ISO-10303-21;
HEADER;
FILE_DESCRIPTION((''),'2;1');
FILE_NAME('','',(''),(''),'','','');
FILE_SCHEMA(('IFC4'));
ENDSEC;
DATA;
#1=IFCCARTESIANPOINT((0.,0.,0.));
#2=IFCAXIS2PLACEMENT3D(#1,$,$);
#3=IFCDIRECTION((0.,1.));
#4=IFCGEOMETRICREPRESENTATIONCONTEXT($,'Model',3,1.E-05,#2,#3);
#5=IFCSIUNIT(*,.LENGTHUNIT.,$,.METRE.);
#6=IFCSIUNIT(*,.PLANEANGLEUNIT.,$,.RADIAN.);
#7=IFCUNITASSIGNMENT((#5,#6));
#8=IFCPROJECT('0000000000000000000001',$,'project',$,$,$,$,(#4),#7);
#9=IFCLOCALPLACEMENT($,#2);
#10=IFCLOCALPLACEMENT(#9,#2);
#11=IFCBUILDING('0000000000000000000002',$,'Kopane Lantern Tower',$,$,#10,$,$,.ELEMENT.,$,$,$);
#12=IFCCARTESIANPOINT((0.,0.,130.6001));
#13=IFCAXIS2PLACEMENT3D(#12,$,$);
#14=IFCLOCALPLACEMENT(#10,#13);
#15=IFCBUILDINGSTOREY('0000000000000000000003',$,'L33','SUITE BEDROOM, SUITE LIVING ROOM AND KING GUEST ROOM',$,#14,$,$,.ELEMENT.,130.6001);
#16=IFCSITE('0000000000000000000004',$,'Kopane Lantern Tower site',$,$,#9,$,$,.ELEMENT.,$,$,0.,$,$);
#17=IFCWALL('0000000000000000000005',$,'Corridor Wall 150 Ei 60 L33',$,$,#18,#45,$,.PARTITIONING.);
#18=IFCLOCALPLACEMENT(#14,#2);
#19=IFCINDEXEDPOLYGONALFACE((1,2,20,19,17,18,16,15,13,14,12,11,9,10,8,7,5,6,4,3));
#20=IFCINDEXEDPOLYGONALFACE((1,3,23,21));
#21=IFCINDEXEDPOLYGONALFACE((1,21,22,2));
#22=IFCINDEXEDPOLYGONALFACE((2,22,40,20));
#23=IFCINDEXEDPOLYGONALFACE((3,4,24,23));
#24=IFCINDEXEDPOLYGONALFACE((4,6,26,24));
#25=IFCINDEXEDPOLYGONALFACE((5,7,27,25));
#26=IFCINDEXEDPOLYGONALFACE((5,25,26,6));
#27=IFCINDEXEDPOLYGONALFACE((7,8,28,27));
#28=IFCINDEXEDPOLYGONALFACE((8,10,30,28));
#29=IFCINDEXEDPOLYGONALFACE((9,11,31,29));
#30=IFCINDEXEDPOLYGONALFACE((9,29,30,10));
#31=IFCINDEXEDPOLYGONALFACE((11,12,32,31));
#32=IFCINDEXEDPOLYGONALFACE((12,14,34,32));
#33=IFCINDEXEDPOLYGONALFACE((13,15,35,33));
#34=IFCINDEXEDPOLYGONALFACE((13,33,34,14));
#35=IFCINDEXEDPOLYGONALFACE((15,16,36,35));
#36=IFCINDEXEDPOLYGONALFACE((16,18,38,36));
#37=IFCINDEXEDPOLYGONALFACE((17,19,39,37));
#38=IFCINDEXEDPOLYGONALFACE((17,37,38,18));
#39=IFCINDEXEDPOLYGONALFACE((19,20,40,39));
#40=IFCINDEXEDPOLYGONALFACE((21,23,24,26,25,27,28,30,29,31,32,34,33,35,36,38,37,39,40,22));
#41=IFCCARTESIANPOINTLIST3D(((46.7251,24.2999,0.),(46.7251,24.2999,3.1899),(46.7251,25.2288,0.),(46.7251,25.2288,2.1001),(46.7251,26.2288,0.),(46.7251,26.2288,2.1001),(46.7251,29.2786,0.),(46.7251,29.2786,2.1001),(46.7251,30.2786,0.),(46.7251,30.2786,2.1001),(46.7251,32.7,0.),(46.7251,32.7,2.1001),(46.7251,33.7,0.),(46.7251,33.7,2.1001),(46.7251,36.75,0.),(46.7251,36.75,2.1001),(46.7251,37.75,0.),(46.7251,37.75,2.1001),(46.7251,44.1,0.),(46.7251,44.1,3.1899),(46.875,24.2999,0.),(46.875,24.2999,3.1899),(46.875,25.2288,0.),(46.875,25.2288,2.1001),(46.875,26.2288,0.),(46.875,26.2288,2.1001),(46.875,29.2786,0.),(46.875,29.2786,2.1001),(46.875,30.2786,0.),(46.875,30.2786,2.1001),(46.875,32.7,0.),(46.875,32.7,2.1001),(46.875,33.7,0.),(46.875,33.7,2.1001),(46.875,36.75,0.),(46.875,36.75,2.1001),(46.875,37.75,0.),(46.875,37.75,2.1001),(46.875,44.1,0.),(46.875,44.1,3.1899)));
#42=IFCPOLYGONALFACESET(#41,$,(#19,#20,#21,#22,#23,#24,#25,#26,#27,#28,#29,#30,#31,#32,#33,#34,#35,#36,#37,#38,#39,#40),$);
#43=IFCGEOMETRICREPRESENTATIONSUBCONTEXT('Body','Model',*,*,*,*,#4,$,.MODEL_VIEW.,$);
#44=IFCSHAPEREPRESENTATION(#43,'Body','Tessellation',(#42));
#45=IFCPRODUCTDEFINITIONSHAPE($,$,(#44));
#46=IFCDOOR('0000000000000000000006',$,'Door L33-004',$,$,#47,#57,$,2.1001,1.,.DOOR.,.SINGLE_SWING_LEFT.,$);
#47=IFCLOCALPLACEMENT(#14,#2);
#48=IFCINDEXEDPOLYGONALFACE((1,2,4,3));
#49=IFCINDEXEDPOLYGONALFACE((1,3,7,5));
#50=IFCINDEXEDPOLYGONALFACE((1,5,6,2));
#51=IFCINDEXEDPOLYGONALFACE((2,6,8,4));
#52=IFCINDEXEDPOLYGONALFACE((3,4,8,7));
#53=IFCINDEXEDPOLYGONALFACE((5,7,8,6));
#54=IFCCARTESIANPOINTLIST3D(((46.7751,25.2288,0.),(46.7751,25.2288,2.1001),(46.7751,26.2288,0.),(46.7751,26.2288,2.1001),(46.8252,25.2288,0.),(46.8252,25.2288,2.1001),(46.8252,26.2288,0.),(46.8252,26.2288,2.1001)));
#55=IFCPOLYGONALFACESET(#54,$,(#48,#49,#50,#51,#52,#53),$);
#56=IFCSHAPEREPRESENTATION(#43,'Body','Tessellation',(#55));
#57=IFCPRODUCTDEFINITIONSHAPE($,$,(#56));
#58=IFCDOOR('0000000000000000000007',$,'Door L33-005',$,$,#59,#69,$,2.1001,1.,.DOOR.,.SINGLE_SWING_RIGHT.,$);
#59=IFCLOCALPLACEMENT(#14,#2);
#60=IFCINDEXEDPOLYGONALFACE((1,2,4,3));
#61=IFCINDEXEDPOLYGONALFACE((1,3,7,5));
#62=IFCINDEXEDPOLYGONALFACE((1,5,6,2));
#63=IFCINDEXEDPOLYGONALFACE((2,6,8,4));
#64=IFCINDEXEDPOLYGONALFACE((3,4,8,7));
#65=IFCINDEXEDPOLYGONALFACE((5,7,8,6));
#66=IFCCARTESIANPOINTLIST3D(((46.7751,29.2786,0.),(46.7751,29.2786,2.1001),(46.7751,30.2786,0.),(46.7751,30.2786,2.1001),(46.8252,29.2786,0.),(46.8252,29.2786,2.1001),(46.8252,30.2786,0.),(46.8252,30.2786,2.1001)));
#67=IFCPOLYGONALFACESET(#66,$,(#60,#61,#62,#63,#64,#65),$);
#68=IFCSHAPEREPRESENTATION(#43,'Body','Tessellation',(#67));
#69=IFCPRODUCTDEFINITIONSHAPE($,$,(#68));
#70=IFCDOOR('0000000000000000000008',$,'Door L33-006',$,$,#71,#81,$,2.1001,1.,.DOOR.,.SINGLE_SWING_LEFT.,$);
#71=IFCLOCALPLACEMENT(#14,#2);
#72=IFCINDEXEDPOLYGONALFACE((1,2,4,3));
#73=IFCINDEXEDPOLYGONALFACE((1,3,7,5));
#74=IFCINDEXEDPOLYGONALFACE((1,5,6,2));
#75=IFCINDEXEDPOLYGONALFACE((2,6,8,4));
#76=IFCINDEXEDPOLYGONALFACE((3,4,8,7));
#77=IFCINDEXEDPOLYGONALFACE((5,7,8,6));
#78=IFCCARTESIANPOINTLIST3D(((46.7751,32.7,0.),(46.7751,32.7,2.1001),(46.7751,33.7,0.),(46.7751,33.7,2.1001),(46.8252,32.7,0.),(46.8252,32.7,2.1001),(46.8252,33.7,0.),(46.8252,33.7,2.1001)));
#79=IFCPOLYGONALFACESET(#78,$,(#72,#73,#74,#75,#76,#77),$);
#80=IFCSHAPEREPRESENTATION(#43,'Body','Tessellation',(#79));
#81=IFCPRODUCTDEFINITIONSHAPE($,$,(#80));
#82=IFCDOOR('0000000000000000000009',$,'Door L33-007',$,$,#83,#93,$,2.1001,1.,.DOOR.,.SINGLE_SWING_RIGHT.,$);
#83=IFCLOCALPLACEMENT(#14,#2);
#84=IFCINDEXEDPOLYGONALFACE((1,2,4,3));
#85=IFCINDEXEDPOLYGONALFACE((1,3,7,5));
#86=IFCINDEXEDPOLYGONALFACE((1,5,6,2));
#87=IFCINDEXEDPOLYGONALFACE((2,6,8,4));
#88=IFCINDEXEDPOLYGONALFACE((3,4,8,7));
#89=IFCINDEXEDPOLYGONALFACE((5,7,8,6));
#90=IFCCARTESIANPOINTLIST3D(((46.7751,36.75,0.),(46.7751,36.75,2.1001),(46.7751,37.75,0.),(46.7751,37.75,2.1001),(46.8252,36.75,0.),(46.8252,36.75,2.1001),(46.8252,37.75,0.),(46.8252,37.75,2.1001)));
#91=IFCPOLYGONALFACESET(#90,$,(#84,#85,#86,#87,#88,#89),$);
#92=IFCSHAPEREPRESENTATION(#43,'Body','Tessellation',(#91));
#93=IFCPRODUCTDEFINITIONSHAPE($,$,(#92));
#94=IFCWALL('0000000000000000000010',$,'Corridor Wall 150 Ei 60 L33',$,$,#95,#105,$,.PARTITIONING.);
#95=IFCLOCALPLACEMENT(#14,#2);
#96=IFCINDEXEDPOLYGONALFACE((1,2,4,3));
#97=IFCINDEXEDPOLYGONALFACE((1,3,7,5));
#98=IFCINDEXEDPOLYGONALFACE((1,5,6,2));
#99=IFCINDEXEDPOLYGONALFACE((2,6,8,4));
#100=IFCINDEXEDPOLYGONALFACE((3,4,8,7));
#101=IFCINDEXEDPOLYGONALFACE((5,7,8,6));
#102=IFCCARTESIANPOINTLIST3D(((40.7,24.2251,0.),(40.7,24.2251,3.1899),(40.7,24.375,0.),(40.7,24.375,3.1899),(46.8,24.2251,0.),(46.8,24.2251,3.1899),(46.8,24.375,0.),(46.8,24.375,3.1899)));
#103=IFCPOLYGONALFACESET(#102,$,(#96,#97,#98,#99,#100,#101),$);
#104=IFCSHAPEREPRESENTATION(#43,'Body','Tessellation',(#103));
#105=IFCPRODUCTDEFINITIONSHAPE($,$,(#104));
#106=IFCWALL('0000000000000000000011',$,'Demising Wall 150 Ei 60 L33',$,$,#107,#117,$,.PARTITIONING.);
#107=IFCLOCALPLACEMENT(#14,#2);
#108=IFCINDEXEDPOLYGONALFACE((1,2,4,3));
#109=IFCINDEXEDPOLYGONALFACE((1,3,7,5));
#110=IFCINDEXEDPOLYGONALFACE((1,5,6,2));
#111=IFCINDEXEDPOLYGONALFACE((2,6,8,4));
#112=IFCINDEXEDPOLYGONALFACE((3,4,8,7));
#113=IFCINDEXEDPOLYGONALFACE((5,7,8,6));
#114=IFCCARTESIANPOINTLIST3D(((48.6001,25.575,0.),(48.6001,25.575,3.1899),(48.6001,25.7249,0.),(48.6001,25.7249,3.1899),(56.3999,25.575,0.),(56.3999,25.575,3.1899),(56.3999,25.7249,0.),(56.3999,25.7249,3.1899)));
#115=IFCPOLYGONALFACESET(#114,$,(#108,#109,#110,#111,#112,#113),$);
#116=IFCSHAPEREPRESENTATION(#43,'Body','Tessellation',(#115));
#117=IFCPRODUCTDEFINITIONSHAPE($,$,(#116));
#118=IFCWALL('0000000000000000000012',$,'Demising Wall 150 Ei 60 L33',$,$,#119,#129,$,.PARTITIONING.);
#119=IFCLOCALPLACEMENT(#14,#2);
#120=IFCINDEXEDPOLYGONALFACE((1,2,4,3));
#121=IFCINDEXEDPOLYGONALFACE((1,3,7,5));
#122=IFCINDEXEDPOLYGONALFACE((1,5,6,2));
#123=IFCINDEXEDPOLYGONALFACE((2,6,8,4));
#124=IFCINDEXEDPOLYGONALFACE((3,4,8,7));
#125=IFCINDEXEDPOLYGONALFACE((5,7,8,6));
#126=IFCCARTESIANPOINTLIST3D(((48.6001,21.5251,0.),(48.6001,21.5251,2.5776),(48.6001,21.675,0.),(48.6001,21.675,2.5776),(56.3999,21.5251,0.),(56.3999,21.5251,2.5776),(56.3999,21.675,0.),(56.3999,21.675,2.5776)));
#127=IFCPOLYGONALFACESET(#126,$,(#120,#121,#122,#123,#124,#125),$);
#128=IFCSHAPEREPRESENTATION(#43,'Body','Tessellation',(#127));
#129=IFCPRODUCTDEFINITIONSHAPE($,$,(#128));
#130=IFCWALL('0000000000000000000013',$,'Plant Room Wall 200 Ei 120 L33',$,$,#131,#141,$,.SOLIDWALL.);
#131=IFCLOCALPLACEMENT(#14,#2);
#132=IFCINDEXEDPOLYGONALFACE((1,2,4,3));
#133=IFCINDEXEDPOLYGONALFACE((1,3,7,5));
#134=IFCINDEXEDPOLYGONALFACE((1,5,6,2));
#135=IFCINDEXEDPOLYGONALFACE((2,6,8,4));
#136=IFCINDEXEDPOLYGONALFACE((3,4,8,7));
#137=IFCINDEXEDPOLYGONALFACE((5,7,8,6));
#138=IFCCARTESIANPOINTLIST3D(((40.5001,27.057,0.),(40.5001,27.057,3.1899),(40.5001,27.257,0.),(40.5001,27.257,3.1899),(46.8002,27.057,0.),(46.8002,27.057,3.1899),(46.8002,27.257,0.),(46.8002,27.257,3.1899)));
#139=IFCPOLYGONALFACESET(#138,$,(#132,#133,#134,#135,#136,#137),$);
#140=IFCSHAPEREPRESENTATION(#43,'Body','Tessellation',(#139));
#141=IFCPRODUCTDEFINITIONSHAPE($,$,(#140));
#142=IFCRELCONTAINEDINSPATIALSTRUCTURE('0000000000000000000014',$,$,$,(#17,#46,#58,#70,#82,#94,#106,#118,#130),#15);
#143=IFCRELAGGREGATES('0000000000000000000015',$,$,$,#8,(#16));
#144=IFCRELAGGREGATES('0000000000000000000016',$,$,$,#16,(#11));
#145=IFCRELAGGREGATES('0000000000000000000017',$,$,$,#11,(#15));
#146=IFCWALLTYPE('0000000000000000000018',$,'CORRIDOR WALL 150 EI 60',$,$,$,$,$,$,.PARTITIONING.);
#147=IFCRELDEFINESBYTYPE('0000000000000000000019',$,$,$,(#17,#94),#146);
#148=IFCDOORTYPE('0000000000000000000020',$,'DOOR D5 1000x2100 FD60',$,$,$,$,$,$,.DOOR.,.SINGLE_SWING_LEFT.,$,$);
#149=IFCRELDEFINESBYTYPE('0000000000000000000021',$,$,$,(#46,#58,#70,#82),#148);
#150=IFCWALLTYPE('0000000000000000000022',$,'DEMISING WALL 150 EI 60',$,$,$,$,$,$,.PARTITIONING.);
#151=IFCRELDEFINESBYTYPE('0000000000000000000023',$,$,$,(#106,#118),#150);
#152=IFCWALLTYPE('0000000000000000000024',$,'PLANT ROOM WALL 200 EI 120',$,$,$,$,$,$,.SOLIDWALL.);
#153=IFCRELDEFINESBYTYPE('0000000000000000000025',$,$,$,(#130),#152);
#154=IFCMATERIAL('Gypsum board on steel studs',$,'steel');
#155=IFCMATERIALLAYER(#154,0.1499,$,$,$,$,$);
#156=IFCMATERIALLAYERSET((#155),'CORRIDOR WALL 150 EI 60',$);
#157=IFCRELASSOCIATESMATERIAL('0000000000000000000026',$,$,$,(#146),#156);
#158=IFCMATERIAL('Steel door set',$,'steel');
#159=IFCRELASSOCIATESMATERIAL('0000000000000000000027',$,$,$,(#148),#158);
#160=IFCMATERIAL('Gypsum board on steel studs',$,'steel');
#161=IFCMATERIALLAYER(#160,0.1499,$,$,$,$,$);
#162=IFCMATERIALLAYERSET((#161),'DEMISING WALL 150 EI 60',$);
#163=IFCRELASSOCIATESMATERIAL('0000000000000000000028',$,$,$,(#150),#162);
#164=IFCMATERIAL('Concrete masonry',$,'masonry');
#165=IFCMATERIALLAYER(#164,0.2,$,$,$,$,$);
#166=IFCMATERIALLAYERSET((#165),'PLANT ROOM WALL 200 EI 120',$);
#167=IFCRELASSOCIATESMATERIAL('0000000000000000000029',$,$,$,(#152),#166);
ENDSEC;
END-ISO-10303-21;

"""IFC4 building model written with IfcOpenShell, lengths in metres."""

from ifc_helpers import new_model, si_unit, direction, frame, frame_2d, origin, place, context, subcontext, project, spatial, rectangle, extrude, material, layer, layer_set, type_object, element, fill, save


model = new_model("IFC4")

# Units and contexts
model_context = context("Model", 3, precision=1e-05, world=origin(), true_north=direction((0.0, 1.0)))
body_context = subcontext(model_context, "Body", "Model", "MODEL_VIEW")
ifc_project = project(units=[si_unit("LENGTHUNIT", "METRE"), si_unit("PLANEANGLEUNIT", "RADIAN")], contexts=[model_context])

# Site, building, storey
site_placement = place(None, origin())
site = spatial("IfcSite", under=ifc_project, at=site_placement, Name="Kopane Lantern Tower site", CompositionType="ELEMENT", RefElevation=0.0)
building_placement = place(site_placement, origin())
building = spatial("IfcBuilding", under=site, at=building_placement, Name="Kopane Lantern Tower", CompositionType="ELEMENT")
storey_placement = place(building_placement, frame((0.0, 0.0, 130.6001)))
storey = spatial("IfcBuildingStorey", under=building, at=storey_placement, Name="L33", Description="SUITE BEDROOM, SUITE LIVING ROOM AND KING GUEST ROOM", CompositionType="ELEMENT", Elevation=130.6001)

# Wall, openings, doors
ifc_material_1 = material(Name="Gypsum board on steel studs", Category="steel")
ifc_layer_1 = layer(ifc_material_1, 0.1499)
ifc_layer_set_1 = layer_set([ifc_layer_1], Name="CORRIDOR WALL 150 EI 60")
wall_type_1 = type_object("IfcWallType", Name="CORRIDOR WALL 150 EI 60", PredefinedType="PARTITIONING", material=ifc_layer_set_1)
wall_1_placement = place(storey_placement, frame((46.8, 24.3, 0.0), z_axis=(0.0, 0.0, 1.0), x_axis=(0.0, 1.0, 0.0)))
wall_1 = element("IfcWall", 1, at=wall_1_placement, inside=storey, type_object=wall_type_1, Name="Corridor Wall 150 Ei 60 L33", PredefinedType="PARTITIONING", context=body_context, shape_type="SweptSolid", body=[
    extrude(rectangle(XDim=19.8, YDim=0.1499, at=frame_2d((9.8999, 0.0))), origin(), (0.0, 0.0, 1.0), 3.1899),
])
opening_1_placement = place(wall_1_placement, frame((0.9287, 0.0, 0.0)))
opening_1 = element("IfcOpeningElement", 2, at=opening_1_placement, cuts=wall_1, PredefinedType="OPENING", context=body_context, shape_type="SweptSolid", body=[
    extrude(rectangle(XDim=1.0, YDim=2.1001, at=frame_2d((0.5, 1.05))), frame((0.0, 0.085, 0.0), z_axis=(0.0, -1.0, 0.0), x_axis=(1.0, 0.0, 0.0)), (0.0, 0.0, 1.0), 0.1699),
])
opening_2_placement = place(wall_1_placement, frame((4.9785, 0.0, 0.0)))
opening_2 = element("IfcOpeningElement", 3, at=opening_2_placement, cuts=wall_1, PredefinedType="OPENING", context=body_context, shape_type="SweptSolid", body=[
    extrude(rectangle(XDim=1.0, YDim=2.1001, at=frame_2d((0.5, 1.05))), frame((0.0, 0.085, 0.0), z_axis=(0.0, -1.0, 0.0), x_axis=(1.0, 0.0, 0.0)), (0.0, 0.0, 1.0), 0.1699),
])
opening_3_placement = place(wall_1_placement, frame((8.3999, 0.0, 0.0)))
opening_3 = element("IfcOpeningElement", 4, at=opening_3_placement, cuts=wall_1, PredefinedType="OPENING", context=body_context, shape_type="SweptSolid", body=[
    extrude(rectangle(XDim=1.0, YDim=2.1001, at=frame_2d((0.5, 1.05))), frame((0.0, 0.085, 0.0), z_axis=(0.0, -1.0, 0.0), x_axis=(1.0, 0.0, 0.0)), (0.0, 0.0, 1.0), 0.1699),
])
opening_4_placement = place(wall_1_placement, frame((12.45, 0.0, 0.0)))
opening_4 = element("IfcOpeningElement", 5, at=opening_4_placement, cuts=wall_1, PredefinedType="OPENING", context=body_context, shape_type="SweptSolid", body=[
    extrude(rectangle(XDim=1.0, YDim=2.1001, at=frame_2d((0.5, 1.05))), frame((0.0, 0.085, 0.0), z_axis=(0.0, -1.0, 0.0), x_axis=(1.0, 0.0, 0.0)), (0.0, 0.0, 1.0), 0.1699),
])
ifc_material_2 = material(Name="Steel door set", Category="steel")
door_type_1 = type_object("IfcDoorType", Name="DOOR D5 1000x2100 FD60", OperationType="SINGLE_SWING_LEFT", PredefinedType="DOOR", material=ifc_material_2)
door_1_placement = place(opening_1_placement, origin())
door_1 = element("IfcDoor", 6, at=door_1_placement, inside=storey, type_object=door_type_1, Name="Door L33-004", OperationType="SINGLE_SWING_LEFT", OverallHeight=2.1001, OverallWidth=1.0, PredefinedType="DOOR", context=body_context, shape_type="SweptSolid", body=[
    extrude(rectangle(XDim=1.0, YDim=2.1001, at=frame_2d((0.5, 1.05))), frame((0.0, 0.0249, 0.0), z_axis=(0.0, -1.0, 0.0), x_axis=(1.0, 0.0, 0.0)), (0.0, 0.0, 1.0), 0.05),
])
fill(opening_1, door_1)
door_2_placement = place(opening_2_placement, origin())
door_2 = element("IfcDoor", 7, at=door_2_placement, inside=storey, type_object=door_type_1, Name="Door L33-005", OperationType="SINGLE_SWING_RIGHT", OverallHeight=2.1001, OverallWidth=1.0, PredefinedType="DOOR", context=body_context, shape_type="SweptSolid", body=[
    extrude(rectangle(XDim=1.0, YDim=2.1001, at=frame_2d((0.5, 1.05))), frame((0.0, 0.0249, 0.0), z_axis=(0.0, -1.0, 0.0), x_axis=(1.0, 0.0, 0.0)), (0.0, 0.0, 1.0), 0.05),
])
fill(opening_2, door_2)
door_3_placement = place(opening_3_placement, origin())
door_3 = element("IfcDoor", 8, at=door_3_placement, inside=storey, type_object=door_type_1, Name="Door L33-006", OperationType="SINGLE_SWING_LEFT", OverallHeight=2.1001, OverallWidth=1.0, PredefinedType="DOOR", context=body_context, shape_type="SweptSolid", body=[
    extrude(rectangle(XDim=1.0, YDim=2.1001, at=frame_2d((0.5, 1.05))), frame((0.0, 0.0249, 0.0), z_axis=(0.0, -1.0, 0.0), x_axis=(1.0, 0.0, 0.0)), (0.0, 0.0, 1.0), 0.05),
])
fill(opening_3, door_3)
door_4_placement = place(opening_4_placement, origin())
door_4 = element("IfcDoor", 9, at=door_4_placement, inside=storey, type_object=door_type_1, Name="Door L33-007", OperationType="SINGLE_SWING_RIGHT", OverallHeight=2.1001, OverallWidth=1.0, PredefinedType="DOOR", context=body_context, shape_type="SweptSolid", body=[
    extrude(rectangle(XDim=1.0, YDim=2.1001, at=frame_2d((0.5, 1.05))), frame((0.0, 0.0249, 0.0), z_axis=(0.0, -1.0, 0.0), x_axis=(1.0, 0.0, 0.0)), (0.0, 0.0, 1.0), 0.05),
])
fill(opening_4, door_4)

# Walls
wall_2_placement = place(storey_placement, frame((40.7, 24.3, 0.0), z_axis=(0.0, 0.0, 1.0), x_axis=(1.0, 0.0, 0.0)))
element("IfcWall", 10, at=wall_2_placement, inside=storey, type_object=wall_type_1, Name="Corridor Wall 150 Ei 60 L33", PredefinedType="PARTITIONING", context=body_context, shape_type="SweptSolid", body=[
    extrude(rectangle(XDim=6.1001, YDim=0.1499, at=frame_2d((3.05, 0.0))), origin(), (0.0, 0.0, 1.0), 3.1899),
])
ifc_material_3 = material(Name="Gypsum board on steel studs", Category="steel")
ifc_layer_2 = layer(ifc_material_3, 0.1499)
ifc_layer_set_2 = layer_set([ifc_layer_2], Name="DEMISING WALL 150 EI 60")
wall_type_2 = type_object("IfcWallType", Name="DEMISING WALL 150 EI 60", PredefinedType="PARTITIONING", material=ifc_layer_set_2)
wall_3_placement = place(storey_placement, frame((48.6001, 25.6499, 0.0), z_axis=(0.0, 0.0, 1.0), x_axis=(1.0, 0.0, 0.0)))
element("IfcWall", 11, at=wall_3_placement, inside=storey, type_object=wall_type_2, Name="Demising Wall 150 Ei 60 L33", PredefinedType="PARTITIONING", context=body_context, shape_type="SweptSolid", body=[
    extrude(rectangle(XDim=7.7998, YDim=0.1499, at=frame_2d((3.8999, 0.0))), origin(), (0.0, 0.0, 1.0), 3.1899),
])
wall_4_placement = place(storey_placement, frame((48.6001, 21.6001, 0.0), z_axis=(0.0, 0.0, 1.0), x_axis=(1.0, 0.0, 0.0)))
element("IfcWall", 12, at=wall_4_placement, inside=storey, type_object=wall_type_2, Name="Demising Wall 150 Ei 60 L33", PredefinedType="PARTITIONING", context=body_context, shape_type="SweptSolid", body=[
    extrude(rectangle(XDim=7.7998, YDim=0.1499, at=frame_2d((3.8999, 0.0))), origin(), (0.0, 0.0, 1.0), 2.5776),
])
ifc_material_4 = material(Name="Concrete masonry", Category="masonry")
ifc_layer_3 = layer(ifc_material_4, 0.2)
ifc_layer_set_3 = layer_set([ifc_layer_3], Name="PLANT ROOM WALL 200 EI 120")
wall_type_3 = type_object("IfcWallType", Name="PLANT ROOM WALL 200 EI 120", PredefinedType="SOLIDWALL", material=ifc_layer_set_3)
wall_5_placement = place(storey_placement, frame((46.8, 27.157, 0.0), z_axis=(0.0, 0.0, 1.0), x_axis=(-1.0, 0.0, 0.0)))
element("IfcWall", 13, at=wall_5_placement, inside=storey, type_object=wall_type_3, Name="Plant Room Wall 200 Ei 120 L33", PredefinedType="SOLIDWALL", context=body_context, shape_type="SweptSolid", body=[
    extrude(rectangle(XDim=6.3, YDim=0.2, at=frame_2d((3.1499, 0.0))), origin(), (0.0, 0.0, 1.0), 3.1899),
])

save(model, "model.ifc")
